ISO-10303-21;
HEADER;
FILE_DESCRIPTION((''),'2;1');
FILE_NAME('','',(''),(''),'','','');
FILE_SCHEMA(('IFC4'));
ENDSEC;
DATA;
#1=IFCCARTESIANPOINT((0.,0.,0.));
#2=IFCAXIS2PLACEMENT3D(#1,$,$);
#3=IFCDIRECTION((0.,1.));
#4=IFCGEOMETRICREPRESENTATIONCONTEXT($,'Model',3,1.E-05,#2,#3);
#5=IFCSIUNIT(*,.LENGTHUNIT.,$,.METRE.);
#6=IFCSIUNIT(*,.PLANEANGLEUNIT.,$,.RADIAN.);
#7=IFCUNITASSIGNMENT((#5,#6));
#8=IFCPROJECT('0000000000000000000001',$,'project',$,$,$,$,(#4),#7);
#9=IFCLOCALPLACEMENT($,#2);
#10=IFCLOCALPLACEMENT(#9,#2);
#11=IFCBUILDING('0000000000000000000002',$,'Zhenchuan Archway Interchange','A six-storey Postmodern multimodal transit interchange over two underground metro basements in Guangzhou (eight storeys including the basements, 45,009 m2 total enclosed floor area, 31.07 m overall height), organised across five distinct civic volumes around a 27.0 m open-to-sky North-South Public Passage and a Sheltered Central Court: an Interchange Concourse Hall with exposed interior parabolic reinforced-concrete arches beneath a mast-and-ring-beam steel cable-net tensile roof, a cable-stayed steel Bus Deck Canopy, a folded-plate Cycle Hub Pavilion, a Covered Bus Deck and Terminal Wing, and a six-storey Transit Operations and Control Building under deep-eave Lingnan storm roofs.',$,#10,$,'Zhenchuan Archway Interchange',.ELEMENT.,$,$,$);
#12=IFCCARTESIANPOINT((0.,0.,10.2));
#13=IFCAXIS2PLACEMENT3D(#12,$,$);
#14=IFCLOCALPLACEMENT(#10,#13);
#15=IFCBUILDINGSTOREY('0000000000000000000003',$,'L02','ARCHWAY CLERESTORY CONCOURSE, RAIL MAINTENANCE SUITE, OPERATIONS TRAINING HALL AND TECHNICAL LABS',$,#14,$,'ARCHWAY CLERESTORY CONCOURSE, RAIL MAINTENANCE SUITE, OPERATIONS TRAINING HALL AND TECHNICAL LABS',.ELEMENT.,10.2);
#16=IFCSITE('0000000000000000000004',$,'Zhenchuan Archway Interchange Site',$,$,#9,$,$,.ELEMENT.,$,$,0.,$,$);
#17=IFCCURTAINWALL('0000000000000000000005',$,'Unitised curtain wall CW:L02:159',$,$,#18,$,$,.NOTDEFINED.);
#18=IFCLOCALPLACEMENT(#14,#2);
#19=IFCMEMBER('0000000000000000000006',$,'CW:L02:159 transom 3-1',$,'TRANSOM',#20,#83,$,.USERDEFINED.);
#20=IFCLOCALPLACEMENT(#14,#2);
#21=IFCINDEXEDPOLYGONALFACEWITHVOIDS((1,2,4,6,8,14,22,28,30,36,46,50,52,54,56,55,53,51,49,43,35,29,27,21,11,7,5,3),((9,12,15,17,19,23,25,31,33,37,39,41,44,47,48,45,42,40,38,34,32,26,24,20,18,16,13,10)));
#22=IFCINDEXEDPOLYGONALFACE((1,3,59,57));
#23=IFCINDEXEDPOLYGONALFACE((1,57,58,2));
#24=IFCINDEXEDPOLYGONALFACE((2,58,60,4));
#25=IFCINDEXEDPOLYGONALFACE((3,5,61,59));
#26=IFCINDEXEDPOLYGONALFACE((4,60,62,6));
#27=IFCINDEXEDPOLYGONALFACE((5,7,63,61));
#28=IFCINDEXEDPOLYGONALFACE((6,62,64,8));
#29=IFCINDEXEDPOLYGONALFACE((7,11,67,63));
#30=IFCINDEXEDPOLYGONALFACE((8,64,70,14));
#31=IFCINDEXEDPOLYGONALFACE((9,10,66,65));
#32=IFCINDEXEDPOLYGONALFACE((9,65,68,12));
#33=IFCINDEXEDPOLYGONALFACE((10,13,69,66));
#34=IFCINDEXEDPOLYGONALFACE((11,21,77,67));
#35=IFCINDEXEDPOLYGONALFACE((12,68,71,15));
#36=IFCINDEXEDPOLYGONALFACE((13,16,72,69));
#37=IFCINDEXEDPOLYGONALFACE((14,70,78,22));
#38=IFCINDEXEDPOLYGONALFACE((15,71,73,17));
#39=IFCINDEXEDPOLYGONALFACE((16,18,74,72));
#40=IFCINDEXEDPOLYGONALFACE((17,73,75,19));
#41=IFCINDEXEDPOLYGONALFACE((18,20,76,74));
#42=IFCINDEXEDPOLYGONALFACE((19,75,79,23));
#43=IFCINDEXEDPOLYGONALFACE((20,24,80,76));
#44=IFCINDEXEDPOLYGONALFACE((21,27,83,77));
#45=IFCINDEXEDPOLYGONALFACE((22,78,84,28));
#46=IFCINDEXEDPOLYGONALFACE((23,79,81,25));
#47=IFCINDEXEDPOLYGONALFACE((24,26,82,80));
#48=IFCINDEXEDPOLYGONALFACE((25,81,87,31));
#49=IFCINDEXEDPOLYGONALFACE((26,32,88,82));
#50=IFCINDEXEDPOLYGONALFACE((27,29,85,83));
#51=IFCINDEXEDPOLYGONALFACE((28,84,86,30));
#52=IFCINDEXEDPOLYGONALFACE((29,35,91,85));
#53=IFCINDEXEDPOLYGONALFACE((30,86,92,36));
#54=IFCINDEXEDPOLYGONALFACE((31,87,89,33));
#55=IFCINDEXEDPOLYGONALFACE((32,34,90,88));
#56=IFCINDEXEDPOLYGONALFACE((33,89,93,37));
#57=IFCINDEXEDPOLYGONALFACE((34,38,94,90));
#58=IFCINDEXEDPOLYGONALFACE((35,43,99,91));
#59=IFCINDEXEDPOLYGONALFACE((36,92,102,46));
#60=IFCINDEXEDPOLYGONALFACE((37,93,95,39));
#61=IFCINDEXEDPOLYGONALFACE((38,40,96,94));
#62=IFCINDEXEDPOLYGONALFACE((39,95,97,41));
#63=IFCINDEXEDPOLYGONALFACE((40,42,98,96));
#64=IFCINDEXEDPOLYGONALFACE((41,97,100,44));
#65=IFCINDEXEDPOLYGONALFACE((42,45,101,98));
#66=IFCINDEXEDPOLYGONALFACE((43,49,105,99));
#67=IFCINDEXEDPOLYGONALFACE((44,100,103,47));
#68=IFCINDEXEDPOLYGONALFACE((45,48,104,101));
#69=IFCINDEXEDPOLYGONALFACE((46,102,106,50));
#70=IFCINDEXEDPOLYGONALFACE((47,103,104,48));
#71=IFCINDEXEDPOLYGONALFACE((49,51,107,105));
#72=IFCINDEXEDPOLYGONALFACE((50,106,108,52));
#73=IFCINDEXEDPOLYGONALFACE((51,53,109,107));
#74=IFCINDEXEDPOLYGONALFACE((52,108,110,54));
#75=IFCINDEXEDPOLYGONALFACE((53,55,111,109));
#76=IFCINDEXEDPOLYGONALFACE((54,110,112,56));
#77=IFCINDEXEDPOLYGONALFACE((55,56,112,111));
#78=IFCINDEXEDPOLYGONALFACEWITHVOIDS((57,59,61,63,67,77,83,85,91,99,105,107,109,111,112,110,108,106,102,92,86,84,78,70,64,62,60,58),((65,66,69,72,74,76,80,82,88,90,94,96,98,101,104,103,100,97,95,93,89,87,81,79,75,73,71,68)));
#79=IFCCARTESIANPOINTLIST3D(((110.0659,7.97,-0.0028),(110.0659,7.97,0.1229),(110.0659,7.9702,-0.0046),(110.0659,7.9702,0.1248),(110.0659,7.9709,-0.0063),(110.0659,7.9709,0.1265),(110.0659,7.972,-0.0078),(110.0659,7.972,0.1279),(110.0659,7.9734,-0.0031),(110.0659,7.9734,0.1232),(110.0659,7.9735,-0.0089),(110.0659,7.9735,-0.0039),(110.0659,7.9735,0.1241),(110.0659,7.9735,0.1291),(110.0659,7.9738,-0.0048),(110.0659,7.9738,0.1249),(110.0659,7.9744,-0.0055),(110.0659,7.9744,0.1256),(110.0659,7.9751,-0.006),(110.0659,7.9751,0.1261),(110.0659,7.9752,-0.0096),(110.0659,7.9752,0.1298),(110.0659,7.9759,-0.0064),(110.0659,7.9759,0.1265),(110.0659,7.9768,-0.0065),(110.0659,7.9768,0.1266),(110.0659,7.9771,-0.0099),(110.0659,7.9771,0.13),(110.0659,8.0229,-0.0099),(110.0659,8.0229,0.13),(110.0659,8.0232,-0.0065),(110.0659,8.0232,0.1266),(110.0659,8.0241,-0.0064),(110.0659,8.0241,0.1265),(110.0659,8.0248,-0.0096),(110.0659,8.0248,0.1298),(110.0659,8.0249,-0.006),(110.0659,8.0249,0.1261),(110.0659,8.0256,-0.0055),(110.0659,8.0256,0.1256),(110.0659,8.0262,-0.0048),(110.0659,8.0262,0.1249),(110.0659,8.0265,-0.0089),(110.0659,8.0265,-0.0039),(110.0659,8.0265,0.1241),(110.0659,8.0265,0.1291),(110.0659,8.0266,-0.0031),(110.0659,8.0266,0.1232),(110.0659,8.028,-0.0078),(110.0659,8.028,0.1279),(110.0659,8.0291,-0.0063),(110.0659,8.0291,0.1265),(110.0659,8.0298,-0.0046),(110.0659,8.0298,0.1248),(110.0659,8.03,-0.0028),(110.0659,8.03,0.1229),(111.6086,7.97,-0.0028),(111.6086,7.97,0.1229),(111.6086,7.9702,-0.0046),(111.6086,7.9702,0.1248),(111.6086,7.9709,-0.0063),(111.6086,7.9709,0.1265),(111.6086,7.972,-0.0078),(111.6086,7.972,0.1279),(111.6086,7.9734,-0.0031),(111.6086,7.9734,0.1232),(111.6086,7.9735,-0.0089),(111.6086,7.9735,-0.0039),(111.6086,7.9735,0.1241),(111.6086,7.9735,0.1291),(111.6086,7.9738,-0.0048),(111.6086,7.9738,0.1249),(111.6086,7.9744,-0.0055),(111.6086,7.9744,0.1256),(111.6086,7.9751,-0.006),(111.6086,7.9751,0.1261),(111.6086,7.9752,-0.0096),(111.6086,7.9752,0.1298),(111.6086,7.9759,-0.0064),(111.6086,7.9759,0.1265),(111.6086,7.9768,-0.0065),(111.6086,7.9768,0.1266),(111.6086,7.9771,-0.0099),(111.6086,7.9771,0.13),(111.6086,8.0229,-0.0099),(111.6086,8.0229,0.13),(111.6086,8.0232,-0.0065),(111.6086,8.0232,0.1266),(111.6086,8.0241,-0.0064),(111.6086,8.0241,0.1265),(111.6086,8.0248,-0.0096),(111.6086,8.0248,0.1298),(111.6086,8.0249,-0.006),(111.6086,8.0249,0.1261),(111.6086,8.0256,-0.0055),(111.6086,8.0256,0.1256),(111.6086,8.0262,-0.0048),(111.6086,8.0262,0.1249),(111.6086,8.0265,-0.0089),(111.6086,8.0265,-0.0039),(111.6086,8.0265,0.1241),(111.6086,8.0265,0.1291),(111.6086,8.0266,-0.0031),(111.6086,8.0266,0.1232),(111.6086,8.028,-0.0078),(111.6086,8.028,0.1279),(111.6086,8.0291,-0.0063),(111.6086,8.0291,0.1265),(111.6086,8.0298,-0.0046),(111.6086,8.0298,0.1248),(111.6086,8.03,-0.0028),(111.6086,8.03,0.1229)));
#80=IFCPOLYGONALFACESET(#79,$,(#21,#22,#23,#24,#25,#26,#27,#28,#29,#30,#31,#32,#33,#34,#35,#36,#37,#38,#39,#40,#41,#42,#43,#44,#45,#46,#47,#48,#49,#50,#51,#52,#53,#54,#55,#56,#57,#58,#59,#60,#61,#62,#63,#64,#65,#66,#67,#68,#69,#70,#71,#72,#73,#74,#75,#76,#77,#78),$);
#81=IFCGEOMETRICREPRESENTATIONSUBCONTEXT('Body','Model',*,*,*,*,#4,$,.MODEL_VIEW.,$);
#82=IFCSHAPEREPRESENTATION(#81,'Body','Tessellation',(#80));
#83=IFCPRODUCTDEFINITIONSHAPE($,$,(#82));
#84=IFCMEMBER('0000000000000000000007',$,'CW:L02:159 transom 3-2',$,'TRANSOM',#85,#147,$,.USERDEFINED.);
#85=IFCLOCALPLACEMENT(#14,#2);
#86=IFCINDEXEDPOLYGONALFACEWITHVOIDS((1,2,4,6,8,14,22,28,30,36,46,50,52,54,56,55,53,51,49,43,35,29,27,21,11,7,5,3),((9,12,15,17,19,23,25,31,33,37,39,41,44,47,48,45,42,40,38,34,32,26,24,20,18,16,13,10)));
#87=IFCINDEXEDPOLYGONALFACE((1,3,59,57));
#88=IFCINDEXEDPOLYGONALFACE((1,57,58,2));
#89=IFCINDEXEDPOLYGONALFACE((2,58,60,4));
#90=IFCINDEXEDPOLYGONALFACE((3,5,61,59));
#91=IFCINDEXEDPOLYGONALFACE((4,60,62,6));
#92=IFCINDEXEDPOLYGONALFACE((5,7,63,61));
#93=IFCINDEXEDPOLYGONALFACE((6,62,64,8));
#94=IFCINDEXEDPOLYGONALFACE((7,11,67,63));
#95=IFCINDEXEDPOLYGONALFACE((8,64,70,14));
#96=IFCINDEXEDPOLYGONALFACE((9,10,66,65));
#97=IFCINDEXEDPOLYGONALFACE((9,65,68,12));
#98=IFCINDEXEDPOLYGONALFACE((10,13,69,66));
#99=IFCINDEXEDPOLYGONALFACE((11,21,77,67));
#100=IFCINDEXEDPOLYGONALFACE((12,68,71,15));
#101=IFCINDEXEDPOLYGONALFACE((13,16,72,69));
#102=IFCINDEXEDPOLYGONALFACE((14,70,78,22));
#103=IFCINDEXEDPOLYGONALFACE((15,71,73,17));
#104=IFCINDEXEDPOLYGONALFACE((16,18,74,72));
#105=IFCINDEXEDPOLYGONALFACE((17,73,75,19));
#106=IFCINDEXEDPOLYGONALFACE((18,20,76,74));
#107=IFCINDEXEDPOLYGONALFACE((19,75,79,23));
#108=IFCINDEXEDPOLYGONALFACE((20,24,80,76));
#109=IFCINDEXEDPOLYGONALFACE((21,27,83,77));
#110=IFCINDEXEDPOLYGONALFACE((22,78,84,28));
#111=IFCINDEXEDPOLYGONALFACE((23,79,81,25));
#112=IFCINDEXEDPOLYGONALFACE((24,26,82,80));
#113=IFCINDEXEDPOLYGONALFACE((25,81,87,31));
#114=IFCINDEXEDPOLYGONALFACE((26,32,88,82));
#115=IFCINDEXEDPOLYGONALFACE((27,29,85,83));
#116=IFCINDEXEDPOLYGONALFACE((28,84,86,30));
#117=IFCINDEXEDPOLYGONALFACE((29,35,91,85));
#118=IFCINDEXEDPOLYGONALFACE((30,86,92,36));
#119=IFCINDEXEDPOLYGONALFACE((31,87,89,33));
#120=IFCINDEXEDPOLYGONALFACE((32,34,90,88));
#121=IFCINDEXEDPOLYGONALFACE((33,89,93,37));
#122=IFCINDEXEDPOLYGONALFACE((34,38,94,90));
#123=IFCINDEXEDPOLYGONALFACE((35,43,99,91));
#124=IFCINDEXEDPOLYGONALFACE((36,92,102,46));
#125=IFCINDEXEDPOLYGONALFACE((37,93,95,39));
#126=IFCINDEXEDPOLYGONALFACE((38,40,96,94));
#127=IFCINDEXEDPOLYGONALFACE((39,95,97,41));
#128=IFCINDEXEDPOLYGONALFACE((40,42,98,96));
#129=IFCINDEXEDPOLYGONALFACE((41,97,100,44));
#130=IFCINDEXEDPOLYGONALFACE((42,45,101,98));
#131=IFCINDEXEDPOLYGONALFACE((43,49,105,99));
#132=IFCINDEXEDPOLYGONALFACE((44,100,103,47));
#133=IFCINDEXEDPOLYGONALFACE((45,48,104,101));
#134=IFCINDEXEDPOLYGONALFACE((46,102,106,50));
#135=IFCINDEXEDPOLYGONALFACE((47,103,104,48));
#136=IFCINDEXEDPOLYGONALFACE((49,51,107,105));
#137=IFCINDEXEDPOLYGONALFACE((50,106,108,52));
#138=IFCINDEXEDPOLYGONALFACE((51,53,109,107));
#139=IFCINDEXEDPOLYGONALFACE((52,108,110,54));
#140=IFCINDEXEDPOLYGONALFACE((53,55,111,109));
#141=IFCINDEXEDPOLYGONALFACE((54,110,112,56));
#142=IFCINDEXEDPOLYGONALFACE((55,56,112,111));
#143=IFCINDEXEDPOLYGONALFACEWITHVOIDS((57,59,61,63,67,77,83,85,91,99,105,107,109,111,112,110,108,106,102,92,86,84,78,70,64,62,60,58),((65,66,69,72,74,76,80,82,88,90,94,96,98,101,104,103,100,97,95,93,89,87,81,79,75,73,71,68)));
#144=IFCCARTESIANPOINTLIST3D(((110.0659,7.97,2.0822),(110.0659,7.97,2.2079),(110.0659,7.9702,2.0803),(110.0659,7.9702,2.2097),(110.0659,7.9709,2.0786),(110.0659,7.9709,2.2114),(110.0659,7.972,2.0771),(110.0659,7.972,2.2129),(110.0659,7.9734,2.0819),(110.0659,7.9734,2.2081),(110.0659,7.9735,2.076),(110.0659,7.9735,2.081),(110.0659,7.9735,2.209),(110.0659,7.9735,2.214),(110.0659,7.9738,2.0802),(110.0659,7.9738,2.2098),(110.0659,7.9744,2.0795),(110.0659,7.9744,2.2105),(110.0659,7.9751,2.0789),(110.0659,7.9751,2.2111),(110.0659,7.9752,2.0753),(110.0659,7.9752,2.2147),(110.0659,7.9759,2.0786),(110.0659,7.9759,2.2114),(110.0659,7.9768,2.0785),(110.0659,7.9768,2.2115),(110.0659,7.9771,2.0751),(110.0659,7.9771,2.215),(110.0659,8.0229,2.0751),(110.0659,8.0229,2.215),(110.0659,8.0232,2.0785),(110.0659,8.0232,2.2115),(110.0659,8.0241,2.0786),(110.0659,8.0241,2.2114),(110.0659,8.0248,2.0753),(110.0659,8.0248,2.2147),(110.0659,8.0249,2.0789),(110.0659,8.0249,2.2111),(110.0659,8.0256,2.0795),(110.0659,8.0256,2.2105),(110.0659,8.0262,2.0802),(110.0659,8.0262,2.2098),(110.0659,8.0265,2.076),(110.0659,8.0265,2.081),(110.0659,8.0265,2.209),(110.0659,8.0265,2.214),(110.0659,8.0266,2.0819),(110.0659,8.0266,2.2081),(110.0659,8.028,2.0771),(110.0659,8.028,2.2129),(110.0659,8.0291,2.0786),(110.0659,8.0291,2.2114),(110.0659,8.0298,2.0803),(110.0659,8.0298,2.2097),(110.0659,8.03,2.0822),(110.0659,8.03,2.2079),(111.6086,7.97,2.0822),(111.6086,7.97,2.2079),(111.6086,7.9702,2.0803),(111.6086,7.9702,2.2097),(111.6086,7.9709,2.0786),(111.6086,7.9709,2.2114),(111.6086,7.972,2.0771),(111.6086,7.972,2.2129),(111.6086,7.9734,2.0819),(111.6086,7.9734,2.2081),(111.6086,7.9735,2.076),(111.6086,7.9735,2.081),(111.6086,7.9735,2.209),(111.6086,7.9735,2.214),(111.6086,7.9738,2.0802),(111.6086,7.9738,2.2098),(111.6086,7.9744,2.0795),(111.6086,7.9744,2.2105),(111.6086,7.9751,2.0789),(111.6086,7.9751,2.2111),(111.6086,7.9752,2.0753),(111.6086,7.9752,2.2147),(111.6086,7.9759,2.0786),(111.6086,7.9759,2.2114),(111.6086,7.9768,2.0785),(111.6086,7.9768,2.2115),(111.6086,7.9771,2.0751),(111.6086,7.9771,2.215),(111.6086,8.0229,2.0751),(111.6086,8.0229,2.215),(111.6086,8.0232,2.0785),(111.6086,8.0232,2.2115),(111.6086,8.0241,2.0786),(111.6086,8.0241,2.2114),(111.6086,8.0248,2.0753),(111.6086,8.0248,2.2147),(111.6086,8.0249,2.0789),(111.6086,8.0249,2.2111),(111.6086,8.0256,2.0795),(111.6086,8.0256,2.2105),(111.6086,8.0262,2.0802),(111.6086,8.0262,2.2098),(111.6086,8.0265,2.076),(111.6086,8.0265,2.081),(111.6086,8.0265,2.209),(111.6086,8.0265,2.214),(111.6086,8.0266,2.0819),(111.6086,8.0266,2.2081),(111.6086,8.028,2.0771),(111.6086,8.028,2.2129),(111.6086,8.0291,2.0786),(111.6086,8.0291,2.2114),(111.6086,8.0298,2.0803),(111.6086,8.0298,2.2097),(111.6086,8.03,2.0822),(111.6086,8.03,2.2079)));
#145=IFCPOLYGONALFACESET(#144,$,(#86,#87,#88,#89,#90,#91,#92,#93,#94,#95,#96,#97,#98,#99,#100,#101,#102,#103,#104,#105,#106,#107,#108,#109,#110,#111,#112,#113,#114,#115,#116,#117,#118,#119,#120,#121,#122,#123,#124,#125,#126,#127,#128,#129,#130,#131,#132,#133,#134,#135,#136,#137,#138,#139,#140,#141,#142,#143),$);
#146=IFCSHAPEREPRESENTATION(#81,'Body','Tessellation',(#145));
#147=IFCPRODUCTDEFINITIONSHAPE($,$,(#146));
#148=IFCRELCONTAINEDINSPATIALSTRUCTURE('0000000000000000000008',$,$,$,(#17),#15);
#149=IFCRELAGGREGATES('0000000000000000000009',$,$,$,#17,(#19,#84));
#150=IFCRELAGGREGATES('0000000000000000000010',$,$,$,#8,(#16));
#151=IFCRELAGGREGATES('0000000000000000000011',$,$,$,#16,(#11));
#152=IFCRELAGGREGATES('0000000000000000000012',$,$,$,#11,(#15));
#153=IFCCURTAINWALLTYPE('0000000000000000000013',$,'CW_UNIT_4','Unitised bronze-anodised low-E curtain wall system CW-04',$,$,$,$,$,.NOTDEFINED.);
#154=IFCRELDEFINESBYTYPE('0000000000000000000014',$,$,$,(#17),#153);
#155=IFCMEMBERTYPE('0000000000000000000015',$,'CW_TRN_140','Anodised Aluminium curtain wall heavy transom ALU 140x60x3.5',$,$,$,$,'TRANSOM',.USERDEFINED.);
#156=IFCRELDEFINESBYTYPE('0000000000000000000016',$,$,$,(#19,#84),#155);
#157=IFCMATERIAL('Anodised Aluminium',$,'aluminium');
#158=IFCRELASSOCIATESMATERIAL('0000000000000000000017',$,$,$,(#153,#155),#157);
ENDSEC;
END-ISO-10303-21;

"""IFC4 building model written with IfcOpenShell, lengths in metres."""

from ifc_helpers import new_model, si_unit, direction, frame, origin, origin_2d, place, context, subcontext, project, spatial, hollow_rectangle, extrude, material, material_profile, profile_set, type_object, element, aggregate, save


model = new_model("IFC4")

# Units and contexts
model_context = context("Model", 3, precision=1e-05, world=origin(), true_north=direction((0.0, 1.0)))
body_context = subcontext(model_context, "Body", "Model", "MODEL_VIEW")
ifc_project = project(units=[si_unit("LENGTHUNIT", "METRE"), si_unit("PLANEANGLEUNIT", "RADIAN")], contexts=[model_context])

# Site, building, storey
site_placement = place(None, origin())
site = spatial("IfcSite", under=ifc_project, at=site_placement, Name="Zhenchuan Archway Interchange Site", CompositionType="ELEMENT", RefElevation=0.0)
building_placement = place(site_placement, origin())
building = spatial("IfcBuilding", under=site, at=building_placement, Name="Zhenchuan Archway Interchange", Description="A six-storey Postmodern multimodal transit interchange over two underground metro basements in Guangzhou (eight storeys including the basements, 45,009 m2 total enclosed floor area, 31.07 m overall height), organised across five distinct civic volumes around a 27.0 m open-to-sky North-South Public Passage and a Sheltered Central Court: an Interchange Concourse Hall with exposed interior parabolic reinforced-concrete arches beneath a mast-and-ring-beam steel cable-net tensile roof, a cable-stayed steel Bus Deck Canopy, a folded-plate Cycle Hub Pavilion, a Covered Bus Deck and Terminal Wing, and a six-storey Transit Operations and Control Building under deep-eave Lingnan storm roofs.", LongName="Zhenchuan Archway Interchange", CompositionType="ELEMENT")
storey_placement = place(building_placement, frame((0.0, 0.0, 10.2)))
storey = spatial("IfcBuildingStorey", under=building, at=storey_placement, Name="L02", Description="ARCHWAY CLERESTORY CONCOURSE, RAIL MAINTENANCE SUITE, OPERATIONS TRAINING HALL AND TECHNICAL LABS", LongName="ARCHWAY CLERESTORY CONCOURSE, RAIL MAINTENANCE SUITE, OPERATIONS TRAINING HALL AND TECHNICAL LABS", CompositionType="ELEMENT", Elevation=10.2)

# Curtain wall, members
ifc_material_1 = material(Name="Anodised Aluminium", Category="aluminium")
curtain_wall_type = type_object("IfcCurtainWallType", Name="CW_UNIT_4", Description="Unitised bronze-anodised low-E curtain wall system CW-04", PredefinedType="NOTDEFINED", material=ifc_material_1)
curtain_wall_placement = place(storey_placement, origin())
curtain_wall = element("IfcCurtainWall", 1, at=curtain_wall_placement, inside=storey, type_object=curtain_wall_type, Name="Unitised curtain wall CW:L02:159", PredefinedType="NOTDEFINED")
ifc_material_profile_1 = material_profile(ifc_material_1, hollow_rectangle(XDim=0.0601, YDim=0.1399, WallThickness=0.0034, InnerFilletRadius=0.0034, OuterFilletRadius=0.0071, at=origin_2d()), Name="ALU 140x60x3.5")
ifc_profile_set_1 = profile_set([ifc_material_profile_1], Name="Anodised Aluminium")
member_type_1 = type_object("IfcMemberType", Name="CW_TRN_140", Description="Anodised Aluminium curtain wall heavy transom ALU 140x60x3.5", ElementType="TRANSOM", PredefinedType="USERDEFINED", material=ifc_profile_set_1)
member_1_placement = place(storey_placement, frame((111.6086, 8.0, 0.0601), z_axis=(-1.0, 0.0, 0.0), x_axis=(0.0, -1.0, 0.0)))
member_1 = element("IfcMember", 2, at=member_1_placement, type_object=member_type_1, Name="CW:L02:159 transom 3-1", ObjectType="TRANSOM", PredefinedType="USERDEFINED", context=body_context, shape_type="SweptSolid", body=[
    extrude(hollow_rectangle(XDim=0.0601, YDim=0.1399, WallThickness=0.0034, InnerFilletRadius=0.0034, OuterFilletRadius=0.0071, at=origin_2d()), origin(), (0.0, 0.0, 1.0), 1.5427),
])
member_2_placement = place(storey_placement, frame((111.6086, 8.0, 2.145), z_axis=(-1.0, 0.0, 0.0), x_axis=(0.0, -1.0, 0.0)))
member_2 = element("IfcMember", 3, at=member_2_placement, type_object=member_type_1, Name="CW:L02:159 transom 3-2", ObjectType="TRANSOM", PredefinedType="USERDEFINED", context=body_context, shape_type="SweptSolid", body=[
    extrude(hollow_rectangle(XDim=0.0601, YDim=0.1399, WallThickness=0.0034, InnerFilletRadius=0.0034, OuterFilletRadius=0.0071, at=origin_2d()), origin(), (0.0, 0.0, 1.0), 1.5427),
])

aggregate(curtain_wall, [member_1, member_2])

save(model, "model.ifc")
